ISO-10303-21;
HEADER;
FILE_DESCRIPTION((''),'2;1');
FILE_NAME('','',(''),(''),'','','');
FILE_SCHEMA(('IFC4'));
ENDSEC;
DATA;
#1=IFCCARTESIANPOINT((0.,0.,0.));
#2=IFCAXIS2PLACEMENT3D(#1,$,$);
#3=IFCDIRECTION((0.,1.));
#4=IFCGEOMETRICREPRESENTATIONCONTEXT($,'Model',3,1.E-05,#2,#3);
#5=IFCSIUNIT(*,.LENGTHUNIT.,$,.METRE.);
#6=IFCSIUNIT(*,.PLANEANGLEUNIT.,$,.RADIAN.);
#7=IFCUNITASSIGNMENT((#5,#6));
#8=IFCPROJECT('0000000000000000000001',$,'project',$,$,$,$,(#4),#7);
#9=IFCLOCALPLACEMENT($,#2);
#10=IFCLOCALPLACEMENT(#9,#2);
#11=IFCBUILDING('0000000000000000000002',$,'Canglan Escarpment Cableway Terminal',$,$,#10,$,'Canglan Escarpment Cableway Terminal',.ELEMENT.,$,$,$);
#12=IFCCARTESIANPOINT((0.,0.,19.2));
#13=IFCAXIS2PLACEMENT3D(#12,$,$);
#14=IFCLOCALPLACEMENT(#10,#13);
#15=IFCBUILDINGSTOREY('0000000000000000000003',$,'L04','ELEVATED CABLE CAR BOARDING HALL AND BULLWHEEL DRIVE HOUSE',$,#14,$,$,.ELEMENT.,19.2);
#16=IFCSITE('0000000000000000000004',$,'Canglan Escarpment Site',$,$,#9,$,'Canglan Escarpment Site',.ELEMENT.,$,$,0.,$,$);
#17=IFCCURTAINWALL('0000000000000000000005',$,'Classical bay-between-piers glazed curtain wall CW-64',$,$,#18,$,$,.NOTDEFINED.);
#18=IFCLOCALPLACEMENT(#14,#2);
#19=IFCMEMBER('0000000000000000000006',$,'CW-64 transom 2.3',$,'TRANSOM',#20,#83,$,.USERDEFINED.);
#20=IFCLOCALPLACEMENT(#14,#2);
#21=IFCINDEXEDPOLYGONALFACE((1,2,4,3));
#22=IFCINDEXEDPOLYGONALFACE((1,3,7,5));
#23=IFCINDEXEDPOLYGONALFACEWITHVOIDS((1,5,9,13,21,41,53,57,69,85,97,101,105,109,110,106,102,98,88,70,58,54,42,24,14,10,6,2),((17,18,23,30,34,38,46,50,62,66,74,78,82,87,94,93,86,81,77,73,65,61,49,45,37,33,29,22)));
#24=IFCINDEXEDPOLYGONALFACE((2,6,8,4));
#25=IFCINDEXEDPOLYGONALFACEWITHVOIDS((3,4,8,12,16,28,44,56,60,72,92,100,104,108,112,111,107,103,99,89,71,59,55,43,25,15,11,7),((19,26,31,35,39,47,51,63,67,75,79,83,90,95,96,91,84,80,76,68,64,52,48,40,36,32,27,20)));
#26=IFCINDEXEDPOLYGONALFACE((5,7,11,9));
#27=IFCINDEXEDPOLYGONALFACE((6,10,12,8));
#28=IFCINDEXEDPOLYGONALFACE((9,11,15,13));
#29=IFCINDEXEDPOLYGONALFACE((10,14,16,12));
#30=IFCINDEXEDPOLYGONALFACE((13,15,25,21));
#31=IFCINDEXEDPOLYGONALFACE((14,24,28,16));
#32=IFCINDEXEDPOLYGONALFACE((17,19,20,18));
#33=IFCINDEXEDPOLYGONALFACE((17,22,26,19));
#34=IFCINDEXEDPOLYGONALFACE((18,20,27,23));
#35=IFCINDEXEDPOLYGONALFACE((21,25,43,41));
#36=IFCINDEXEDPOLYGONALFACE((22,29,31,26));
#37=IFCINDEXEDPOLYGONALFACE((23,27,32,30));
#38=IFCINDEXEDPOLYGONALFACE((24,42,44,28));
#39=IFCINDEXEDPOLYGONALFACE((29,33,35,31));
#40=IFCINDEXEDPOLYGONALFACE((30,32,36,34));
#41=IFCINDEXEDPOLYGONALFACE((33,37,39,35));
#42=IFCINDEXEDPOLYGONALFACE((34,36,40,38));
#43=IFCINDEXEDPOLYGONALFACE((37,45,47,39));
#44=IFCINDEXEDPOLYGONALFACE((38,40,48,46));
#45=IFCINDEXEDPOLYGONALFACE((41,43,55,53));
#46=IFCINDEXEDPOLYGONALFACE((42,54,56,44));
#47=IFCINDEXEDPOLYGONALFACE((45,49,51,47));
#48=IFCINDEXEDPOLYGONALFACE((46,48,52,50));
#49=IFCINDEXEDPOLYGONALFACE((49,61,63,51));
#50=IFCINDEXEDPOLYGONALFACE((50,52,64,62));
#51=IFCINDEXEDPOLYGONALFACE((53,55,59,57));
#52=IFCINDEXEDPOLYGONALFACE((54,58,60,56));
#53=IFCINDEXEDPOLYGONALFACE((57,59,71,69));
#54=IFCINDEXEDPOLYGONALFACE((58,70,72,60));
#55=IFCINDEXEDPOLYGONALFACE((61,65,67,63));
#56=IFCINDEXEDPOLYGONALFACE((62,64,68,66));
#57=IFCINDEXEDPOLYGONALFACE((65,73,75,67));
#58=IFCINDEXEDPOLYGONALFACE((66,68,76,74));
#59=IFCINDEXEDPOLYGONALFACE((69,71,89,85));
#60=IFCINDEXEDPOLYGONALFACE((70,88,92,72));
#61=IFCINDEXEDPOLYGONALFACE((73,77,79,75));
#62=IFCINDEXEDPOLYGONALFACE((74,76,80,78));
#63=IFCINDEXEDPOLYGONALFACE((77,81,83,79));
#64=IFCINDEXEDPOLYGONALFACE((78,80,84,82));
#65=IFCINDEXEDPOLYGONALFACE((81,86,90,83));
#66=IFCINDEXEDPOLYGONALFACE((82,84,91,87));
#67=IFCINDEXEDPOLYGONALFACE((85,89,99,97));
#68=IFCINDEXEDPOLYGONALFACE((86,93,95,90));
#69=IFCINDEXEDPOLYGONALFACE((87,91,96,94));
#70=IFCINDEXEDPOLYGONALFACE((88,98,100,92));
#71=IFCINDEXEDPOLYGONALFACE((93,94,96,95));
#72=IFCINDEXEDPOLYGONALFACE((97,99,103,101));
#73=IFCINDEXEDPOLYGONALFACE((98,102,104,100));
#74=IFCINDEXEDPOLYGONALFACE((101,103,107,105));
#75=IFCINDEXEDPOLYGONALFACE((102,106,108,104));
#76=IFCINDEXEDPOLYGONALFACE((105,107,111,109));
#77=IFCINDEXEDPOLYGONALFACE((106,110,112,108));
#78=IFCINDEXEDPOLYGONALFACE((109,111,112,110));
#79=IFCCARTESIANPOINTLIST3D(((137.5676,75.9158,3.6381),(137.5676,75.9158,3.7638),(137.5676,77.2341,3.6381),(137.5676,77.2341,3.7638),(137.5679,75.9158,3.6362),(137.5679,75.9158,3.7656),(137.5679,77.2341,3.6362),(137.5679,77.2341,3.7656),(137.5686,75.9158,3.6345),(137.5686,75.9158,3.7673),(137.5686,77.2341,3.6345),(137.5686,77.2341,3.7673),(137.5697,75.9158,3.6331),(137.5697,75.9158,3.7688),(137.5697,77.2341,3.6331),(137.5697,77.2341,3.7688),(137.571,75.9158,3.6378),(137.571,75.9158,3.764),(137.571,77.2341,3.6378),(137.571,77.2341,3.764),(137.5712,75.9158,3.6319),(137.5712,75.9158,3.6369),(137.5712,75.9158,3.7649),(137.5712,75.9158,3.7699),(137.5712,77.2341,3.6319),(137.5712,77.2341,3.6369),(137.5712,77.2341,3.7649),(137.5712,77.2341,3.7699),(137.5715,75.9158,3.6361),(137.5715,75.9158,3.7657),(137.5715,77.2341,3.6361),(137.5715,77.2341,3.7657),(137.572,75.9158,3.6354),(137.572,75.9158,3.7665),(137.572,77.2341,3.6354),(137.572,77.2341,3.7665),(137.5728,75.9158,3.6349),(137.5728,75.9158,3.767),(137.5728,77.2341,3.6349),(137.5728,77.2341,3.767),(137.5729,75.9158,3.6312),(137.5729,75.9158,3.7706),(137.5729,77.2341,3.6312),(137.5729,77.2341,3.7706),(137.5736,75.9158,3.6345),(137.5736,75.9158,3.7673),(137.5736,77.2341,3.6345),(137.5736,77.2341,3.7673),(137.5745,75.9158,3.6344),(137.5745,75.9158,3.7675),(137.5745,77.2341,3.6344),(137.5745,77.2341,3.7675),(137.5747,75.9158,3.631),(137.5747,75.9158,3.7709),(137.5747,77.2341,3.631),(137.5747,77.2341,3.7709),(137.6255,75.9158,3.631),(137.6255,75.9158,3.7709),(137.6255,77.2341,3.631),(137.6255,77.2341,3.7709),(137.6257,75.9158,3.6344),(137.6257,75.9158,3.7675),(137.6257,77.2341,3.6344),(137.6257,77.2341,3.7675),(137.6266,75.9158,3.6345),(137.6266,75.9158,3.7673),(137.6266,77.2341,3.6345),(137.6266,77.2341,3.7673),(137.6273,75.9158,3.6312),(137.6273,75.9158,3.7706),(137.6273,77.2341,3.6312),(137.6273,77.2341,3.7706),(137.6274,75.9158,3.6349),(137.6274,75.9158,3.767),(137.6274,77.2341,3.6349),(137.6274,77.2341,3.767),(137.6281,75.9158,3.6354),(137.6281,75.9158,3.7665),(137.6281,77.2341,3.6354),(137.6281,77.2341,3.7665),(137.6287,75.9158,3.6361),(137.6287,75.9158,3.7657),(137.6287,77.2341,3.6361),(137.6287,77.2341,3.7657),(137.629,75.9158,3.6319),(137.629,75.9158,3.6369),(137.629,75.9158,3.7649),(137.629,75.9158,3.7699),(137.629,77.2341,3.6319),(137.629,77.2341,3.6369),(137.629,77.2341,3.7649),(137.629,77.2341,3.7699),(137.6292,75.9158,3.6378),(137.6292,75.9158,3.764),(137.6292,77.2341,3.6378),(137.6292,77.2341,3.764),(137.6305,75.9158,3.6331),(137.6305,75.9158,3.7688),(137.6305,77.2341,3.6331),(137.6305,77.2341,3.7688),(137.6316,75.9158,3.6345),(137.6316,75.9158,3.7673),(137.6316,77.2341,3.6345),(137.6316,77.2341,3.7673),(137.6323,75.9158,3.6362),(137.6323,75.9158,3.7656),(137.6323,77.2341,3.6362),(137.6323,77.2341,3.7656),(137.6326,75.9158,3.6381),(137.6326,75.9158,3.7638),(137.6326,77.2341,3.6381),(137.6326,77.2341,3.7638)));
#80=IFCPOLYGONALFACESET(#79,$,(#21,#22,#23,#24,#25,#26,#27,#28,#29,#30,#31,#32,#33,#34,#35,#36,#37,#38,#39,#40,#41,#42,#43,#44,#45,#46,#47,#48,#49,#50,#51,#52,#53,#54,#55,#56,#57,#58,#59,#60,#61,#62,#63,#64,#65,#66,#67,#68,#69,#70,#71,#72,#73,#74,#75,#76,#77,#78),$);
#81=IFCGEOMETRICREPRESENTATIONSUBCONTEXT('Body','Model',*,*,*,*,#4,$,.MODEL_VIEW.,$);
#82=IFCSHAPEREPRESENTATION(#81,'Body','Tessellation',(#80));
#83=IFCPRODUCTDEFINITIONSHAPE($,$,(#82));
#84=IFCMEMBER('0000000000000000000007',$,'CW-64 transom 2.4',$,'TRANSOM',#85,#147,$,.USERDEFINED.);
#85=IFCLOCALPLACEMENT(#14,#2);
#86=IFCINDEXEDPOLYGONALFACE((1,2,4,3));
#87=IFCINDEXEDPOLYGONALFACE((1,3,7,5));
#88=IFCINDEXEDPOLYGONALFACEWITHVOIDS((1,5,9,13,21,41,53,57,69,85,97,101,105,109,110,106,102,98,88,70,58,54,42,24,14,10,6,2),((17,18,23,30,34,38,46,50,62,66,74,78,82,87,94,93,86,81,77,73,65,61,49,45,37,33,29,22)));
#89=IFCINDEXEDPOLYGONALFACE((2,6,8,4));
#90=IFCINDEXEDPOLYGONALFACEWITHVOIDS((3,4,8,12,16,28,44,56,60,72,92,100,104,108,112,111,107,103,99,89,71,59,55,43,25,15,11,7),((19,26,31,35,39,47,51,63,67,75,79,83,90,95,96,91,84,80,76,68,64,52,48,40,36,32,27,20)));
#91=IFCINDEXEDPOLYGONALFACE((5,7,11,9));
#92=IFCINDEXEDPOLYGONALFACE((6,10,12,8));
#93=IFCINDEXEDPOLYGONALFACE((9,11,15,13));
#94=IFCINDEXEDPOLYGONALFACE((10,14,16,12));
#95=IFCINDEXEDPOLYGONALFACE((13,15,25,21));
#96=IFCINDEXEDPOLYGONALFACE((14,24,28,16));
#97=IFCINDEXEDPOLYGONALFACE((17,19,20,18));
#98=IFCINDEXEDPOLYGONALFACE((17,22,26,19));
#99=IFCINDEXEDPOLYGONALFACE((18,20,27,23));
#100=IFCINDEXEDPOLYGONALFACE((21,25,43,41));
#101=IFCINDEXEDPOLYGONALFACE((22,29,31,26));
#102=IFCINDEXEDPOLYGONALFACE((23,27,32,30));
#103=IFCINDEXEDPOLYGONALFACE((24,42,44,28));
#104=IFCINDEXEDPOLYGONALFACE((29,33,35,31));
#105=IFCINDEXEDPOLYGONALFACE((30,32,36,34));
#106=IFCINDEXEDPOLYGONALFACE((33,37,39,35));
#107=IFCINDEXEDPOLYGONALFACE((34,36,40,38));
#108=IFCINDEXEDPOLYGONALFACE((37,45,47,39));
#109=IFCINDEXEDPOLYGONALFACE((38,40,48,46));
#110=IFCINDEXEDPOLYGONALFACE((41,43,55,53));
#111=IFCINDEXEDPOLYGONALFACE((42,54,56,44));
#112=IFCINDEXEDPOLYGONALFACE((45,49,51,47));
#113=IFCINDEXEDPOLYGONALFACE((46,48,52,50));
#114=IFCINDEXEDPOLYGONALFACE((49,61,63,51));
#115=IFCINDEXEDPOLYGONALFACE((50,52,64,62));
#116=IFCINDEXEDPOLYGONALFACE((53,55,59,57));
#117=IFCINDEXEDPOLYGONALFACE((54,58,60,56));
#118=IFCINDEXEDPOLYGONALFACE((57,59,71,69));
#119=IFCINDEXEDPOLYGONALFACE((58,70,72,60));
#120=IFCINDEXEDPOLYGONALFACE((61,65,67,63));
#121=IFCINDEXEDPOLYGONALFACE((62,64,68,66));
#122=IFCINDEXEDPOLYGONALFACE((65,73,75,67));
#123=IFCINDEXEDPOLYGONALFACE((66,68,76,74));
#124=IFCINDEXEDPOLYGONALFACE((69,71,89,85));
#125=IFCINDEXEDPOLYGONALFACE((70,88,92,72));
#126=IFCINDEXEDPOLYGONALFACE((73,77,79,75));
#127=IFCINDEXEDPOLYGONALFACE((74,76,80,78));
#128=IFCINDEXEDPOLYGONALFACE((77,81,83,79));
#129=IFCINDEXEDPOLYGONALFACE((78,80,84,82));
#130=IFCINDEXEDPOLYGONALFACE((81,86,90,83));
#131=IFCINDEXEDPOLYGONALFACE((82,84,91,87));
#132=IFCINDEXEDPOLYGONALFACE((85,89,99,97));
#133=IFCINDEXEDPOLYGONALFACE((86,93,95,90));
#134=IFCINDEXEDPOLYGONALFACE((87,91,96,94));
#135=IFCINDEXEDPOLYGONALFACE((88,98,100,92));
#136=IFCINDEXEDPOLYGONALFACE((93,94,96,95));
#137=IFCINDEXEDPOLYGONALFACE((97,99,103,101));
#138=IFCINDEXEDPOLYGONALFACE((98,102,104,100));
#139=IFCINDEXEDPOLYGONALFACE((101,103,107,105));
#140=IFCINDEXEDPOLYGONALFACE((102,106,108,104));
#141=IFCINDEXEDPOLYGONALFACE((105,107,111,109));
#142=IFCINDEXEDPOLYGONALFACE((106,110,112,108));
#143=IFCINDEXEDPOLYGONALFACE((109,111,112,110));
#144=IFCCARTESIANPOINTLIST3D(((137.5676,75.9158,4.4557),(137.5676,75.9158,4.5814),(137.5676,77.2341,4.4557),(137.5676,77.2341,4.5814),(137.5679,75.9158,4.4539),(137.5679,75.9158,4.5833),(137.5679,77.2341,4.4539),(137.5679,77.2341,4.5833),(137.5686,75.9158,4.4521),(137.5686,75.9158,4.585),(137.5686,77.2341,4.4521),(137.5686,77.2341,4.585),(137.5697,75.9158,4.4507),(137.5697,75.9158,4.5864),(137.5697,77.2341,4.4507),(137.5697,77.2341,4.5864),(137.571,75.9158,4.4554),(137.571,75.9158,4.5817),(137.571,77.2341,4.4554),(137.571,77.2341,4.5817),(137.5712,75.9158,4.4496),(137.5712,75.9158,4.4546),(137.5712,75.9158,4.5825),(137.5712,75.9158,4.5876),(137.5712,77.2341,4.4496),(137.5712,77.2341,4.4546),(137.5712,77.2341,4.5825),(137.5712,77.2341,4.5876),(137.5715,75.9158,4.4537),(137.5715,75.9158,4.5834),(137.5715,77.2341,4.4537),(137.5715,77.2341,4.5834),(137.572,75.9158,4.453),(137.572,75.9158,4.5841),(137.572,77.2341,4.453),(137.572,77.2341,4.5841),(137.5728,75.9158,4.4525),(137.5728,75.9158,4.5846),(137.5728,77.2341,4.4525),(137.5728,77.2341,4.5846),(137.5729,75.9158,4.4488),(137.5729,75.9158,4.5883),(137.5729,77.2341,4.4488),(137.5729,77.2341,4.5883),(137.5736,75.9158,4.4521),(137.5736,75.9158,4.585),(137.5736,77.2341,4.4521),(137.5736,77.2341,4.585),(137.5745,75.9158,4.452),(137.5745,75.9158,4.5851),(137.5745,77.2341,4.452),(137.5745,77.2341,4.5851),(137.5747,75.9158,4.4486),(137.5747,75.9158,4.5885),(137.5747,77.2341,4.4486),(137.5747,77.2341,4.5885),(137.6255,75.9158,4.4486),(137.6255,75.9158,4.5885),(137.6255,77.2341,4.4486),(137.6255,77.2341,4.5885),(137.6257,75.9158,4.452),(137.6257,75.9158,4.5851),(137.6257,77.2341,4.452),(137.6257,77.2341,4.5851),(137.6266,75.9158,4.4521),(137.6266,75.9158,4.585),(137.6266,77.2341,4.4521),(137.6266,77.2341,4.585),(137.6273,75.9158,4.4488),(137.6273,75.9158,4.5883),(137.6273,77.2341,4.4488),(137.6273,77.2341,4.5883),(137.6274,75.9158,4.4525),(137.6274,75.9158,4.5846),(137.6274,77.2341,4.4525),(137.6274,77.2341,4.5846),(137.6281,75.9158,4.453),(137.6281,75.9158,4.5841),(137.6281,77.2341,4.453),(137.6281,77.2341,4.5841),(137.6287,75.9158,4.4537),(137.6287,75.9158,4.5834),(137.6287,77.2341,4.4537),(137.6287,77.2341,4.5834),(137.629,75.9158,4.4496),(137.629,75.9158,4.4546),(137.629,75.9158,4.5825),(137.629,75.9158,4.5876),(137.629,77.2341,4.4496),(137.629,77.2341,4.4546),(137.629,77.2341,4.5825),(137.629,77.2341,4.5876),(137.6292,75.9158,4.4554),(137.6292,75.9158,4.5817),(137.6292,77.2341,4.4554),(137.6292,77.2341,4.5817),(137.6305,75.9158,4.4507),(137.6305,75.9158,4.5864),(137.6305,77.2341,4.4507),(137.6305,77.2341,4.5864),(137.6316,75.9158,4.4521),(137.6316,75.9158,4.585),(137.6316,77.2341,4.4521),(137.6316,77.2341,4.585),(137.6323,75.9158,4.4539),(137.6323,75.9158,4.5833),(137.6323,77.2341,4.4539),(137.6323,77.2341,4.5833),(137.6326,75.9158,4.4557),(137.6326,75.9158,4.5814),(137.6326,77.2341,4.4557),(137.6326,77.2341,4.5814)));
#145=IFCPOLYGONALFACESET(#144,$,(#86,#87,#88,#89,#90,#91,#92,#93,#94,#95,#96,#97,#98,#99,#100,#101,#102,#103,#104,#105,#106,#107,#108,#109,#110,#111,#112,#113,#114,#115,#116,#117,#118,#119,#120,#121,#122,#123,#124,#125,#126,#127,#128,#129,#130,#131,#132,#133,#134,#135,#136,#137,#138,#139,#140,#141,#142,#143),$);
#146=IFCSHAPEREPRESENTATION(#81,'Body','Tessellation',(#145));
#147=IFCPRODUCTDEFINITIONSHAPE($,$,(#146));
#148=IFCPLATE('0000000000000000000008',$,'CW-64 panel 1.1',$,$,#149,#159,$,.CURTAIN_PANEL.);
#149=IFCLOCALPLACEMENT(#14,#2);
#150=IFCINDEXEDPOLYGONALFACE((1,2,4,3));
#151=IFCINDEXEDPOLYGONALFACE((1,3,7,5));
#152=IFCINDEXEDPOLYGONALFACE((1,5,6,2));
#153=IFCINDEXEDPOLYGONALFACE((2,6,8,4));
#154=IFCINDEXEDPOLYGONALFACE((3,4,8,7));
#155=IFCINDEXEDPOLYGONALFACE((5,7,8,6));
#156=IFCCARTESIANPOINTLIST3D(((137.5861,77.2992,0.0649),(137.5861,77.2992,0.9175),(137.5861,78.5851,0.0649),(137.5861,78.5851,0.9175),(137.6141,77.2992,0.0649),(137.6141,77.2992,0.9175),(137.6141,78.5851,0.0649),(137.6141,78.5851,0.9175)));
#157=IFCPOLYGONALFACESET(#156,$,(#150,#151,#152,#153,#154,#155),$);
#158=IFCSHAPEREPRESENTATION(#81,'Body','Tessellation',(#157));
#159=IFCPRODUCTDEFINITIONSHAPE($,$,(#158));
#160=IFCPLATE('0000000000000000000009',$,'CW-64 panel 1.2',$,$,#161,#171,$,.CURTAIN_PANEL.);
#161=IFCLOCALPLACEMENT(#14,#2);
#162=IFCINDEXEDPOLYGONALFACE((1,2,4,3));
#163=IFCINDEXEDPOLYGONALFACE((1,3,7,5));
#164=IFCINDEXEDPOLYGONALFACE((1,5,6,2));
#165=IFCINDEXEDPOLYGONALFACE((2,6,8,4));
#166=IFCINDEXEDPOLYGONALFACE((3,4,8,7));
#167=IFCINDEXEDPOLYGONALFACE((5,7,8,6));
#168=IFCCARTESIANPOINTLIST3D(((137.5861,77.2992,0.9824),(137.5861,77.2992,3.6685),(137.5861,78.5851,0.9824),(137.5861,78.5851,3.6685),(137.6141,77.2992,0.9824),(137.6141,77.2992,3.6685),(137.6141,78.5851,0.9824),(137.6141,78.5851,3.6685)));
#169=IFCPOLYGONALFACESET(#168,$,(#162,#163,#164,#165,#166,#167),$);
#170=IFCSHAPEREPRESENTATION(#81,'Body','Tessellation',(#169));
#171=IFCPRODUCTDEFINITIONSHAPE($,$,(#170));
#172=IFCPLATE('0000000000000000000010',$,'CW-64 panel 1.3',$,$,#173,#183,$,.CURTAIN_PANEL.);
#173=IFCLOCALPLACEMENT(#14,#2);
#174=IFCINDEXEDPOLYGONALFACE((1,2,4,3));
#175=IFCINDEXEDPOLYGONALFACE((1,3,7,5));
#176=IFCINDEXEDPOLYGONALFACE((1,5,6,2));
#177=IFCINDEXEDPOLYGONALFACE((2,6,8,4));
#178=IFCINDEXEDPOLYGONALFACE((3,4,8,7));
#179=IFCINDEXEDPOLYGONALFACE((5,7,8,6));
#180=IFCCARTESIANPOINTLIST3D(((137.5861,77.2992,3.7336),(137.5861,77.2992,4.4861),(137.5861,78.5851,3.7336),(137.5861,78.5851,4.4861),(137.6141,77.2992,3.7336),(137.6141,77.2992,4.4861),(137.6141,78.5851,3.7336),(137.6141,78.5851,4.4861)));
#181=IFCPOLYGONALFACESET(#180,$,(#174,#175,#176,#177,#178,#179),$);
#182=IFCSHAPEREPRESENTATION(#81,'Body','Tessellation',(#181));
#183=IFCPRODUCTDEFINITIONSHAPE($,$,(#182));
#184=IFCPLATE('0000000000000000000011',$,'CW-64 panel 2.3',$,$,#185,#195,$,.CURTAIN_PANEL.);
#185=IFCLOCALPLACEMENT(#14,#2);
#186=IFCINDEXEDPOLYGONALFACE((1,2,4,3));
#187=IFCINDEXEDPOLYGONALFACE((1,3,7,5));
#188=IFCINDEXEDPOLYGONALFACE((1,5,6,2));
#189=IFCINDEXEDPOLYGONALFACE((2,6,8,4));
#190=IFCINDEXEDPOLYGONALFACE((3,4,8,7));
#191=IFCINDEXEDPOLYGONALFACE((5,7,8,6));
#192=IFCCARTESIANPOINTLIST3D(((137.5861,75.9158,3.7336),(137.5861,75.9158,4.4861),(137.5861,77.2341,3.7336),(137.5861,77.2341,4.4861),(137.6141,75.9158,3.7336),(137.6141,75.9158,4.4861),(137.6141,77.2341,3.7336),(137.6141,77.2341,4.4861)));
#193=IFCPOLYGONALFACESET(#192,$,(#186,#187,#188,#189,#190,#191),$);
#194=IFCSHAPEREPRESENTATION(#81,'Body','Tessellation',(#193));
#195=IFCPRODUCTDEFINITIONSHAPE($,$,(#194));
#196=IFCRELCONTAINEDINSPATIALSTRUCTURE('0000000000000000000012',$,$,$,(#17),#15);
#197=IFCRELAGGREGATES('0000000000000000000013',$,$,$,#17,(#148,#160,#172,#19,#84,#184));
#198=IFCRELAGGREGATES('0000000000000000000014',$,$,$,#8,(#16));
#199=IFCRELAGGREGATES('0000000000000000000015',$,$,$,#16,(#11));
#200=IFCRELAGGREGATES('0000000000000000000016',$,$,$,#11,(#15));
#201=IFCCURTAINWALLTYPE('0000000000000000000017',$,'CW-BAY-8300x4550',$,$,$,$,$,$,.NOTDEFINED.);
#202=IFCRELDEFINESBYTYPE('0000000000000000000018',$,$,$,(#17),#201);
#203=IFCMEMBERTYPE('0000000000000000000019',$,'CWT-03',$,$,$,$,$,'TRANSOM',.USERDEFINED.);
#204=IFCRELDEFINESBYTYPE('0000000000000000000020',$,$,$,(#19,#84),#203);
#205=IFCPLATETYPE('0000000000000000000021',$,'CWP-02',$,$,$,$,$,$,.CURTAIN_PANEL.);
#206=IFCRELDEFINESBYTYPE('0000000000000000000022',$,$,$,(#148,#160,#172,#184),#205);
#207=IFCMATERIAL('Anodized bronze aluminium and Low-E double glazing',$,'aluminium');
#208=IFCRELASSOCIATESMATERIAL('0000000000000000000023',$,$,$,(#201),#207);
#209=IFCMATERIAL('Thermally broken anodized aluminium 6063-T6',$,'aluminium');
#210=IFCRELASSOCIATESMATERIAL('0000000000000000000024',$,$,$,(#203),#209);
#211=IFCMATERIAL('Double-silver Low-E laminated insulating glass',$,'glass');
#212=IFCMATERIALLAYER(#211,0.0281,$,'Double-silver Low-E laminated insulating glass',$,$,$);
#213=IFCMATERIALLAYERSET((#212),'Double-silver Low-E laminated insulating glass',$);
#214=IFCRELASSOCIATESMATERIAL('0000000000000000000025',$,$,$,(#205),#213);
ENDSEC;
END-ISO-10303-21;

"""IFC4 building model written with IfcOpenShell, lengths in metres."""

from ifc_helpers import new_model, si_unit, direction, frame, origin, origin_2d, place, context, subcontext, project, spatial, rectangle, hollow_rectangle, extrude, material, layer, layer_set, material_profile, profile_set, type_object, element, aggregate, save


model = new_model("IFC4")

# Units and contexts
model_context = context("Model", 3, precision=1e-05, world=origin(), true_north=direction((0.0, 1.0)))
body_context = subcontext(model_context, "Body", "Model", "MODEL_VIEW")
ifc_project = project(units=[si_unit("LENGTHUNIT", "METRE"), si_unit("PLANEANGLEUNIT", "RADIAN")], contexts=[model_context])

# Site, building, storey
site_placement = place(None, origin())
site = spatial("IfcSite", under=ifc_project, at=site_placement, Name="Canglan Escarpment Site", LongName="Canglan Escarpment Site", CompositionType="ELEMENT", RefElevation=0.0)
building_placement = place(site_placement, origin())
building = spatial("IfcBuilding", under=site, at=building_placement, Name="Canglan Escarpment Cableway Terminal", LongName="Canglan Escarpment Cableway Terminal", CompositionType="ELEMENT")
storey_placement = place(building_placement, frame((0.0, 0.0, 19.2)))
storey = spatial("IfcBuildingStorey", under=building, at=storey_placement, Name="L04", Description="ELEVATED CABLE CAR BOARDING HALL AND BULLWHEEL DRIVE HOUSE", CompositionType="ELEMENT", Elevation=19.2)

# Curtain wall
ifc_material_1 = material(Name="Anodized bronze aluminium and Low-E double glazing", Category="aluminium")
curtain_wall_type = type_object("IfcCurtainWallType", Name="CW-BAY-8300x4550", PredefinedType="NOTDEFINED", material=ifc_material_1)
ifc_material_2 = material(Name="Thermally broken anodized aluminium 6063-T6", Category="aluminium")
curtain_wall_1_placement = place(storey_placement, origin())
curtain_wall_1 = element("IfcCurtainWall", 1, at=curtain_wall_1_placement, inside=storey, type_object=curtain_wall_type, Name="Classical bay-between-piers glazed curtain wall CW-64", PredefinedType="NOTDEFINED")

# Members
ifc_material_profile_1 = material_profile(ifc_material_2, hollow_rectangle(XDim=0.0649, YDim=0.1399, WallThickness=0.0034, InnerFilletRadius=0.0034, OuterFilletRadius=0.0071, at=origin_2d()), Name="ALU-TRAN 65x140x3.5")
ifc_profile_set_1 = profile_set([ifc_material_profile_1], Name="Thermally broken anodized aluminium 6063-T6")
member_type_1 = type_object("IfcMemberType", Name="CWT-03", ElementType="TRANSOM", PredefinedType="USERDEFINED", material=ifc_profile_set_1)
member_1_placement = place(storey_placement, frame((137.6001, 77.2341, 3.7009), z_axis=(0.0, -1.0, 0.0), x_axis=(1.0, 0.0, 0.0)))
member_1 = element("IfcMember", 2, at=member_1_placement, type_object=member_type_1, Name="CW-64 transom 2.3", ObjectType="TRANSOM", PredefinedType="USERDEFINED", context=body_context, shape_type="SweptSolid", body=[
    extrude(hollow_rectangle(XDim=0.0649, YDim=0.1399, WallThickness=0.0034, InnerFilletRadius=0.0034, OuterFilletRadius=0.0071, at=origin_2d()), origin(), (0.0, 0.0, 1.0), 1.3184),
])
member_2_placement = place(storey_placement, frame((137.6001, 77.2341, 4.5186), z_axis=(0.0, -1.0, 0.0), x_axis=(1.0, 0.0, 0.0)))
member_2 = element("IfcMember", 3, at=member_2_placement, type_object=member_type_1, Name="CW-64 transom 2.4", ObjectType="TRANSOM", PredefinedType="USERDEFINED", context=body_context, shape_type="SweptSolid", body=[
    extrude(hollow_rectangle(XDim=0.0649, YDim=0.1399, WallThickness=0.0034, InnerFilletRadius=0.0034, OuterFilletRadius=0.0071, at=origin_2d()), origin(), (0.0, 0.0, 1.0), 1.3184),
])

# Plates
ifc_material_3 = material(Name="Double-silver Low-E laminated insulating glass", Category="glass")
ifc_layer_1 = layer(ifc_material_3, 0.0281, Name="Double-silver Low-E laminated insulating glass")
ifc_layer_set_1 = layer_set([ifc_layer_1], Name="Double-silver Low-E laminated insulating glass")
plate_type_1 = type_object("IfcPlateType", Name="CWP-02", PredefinedType="CURTAIN_PANEL", material=ifc_layer_set_1)
plate_1_placement = place(storey_placement, frame((137.6001, 77.9421, 0.0649), z_axis=(0.0, 0.0, 1.0), x_axis=(0.0, -1.0, 0.0)))
plate_1 = element("IfcPlate", 4, at=plate_1_placement, type_object=plate_type_1, Name="CW-64 panel 1.1", PredefinedType="CURTAIN_PANEL", context=body_context, shape_type="SweptSolid", body=[
    extrude(rectangle(XDim=1.2859, YDim=0.0281, at=origin_2d()), origin(), (0.0, 0.0, 1.0), 0.8525),
])
plate_2_placement = place(storey_placement, frame((137.6001, 77.9421, 0.9824), z_axis=(0.0, 0.0, 1.0), x_axis=(0.0, -1.0, 0.0)))
plate_2 = element("IfcPlate", 5, at=plate_2_placement, type_object=plate_type_1, Name="CW-64 panel 1.2", PredefinedType="CURTAIN_PANEL", context=body_context, shape_type="SweptSolid", body=[
    extrude(rectangle(XDim=1.2859, YDim=0.0281, at=origin_2d()), origin(), (0.0, 0.0, 1.0), 2.686),
])
plate_3_placement = place(storey_placement, frame((137.6001, 77.9421, 3.7336), z_axis=(0.0, 0.0, 1.0), x_axis=(0.0, -1.0, 0.0)))
plate_3 = element("IfcPlate", 6, at=plate_3_placement, type_object=plate_type_1, Name="CW-64 panel 1.3", PredefinedType="CURTAIN_PANEL", context=body_context, shape_type="SweptSolid", body=[
    extrude(rectangle(XDim=1.2859, YDim=0.0281, at=origin_2d()), origin(), (0.0, 0.0, 1.0), 0.7524),
])
plate_4_placement = place(storey_placement, frame((137.6001, 76.575, 3.7336), z_axis=(0.0, 0.0, 1.0), x_axis=(0.0, -1.0, 0.0)))
plate_4 = element("IfcPlate", 7, at=plate_4_placement, type_object=plate_type_1, Name="CW-64 panel 2.3", PredefinedType="CURTAIN_PANEL", context=body_context, shape_type="SweptSolid", body=[
    extrude(rectangle(XDim=1.3184, YDim=0.0281, at=origin_2d()), origin(), (0.0, 0.0, 1.0), 0.7524),
])
aggregate(curtain_wall_1, [plate_1, plate_2, plate_3, member_1, member_2, plate_4])

save(model, "model.ifc")
